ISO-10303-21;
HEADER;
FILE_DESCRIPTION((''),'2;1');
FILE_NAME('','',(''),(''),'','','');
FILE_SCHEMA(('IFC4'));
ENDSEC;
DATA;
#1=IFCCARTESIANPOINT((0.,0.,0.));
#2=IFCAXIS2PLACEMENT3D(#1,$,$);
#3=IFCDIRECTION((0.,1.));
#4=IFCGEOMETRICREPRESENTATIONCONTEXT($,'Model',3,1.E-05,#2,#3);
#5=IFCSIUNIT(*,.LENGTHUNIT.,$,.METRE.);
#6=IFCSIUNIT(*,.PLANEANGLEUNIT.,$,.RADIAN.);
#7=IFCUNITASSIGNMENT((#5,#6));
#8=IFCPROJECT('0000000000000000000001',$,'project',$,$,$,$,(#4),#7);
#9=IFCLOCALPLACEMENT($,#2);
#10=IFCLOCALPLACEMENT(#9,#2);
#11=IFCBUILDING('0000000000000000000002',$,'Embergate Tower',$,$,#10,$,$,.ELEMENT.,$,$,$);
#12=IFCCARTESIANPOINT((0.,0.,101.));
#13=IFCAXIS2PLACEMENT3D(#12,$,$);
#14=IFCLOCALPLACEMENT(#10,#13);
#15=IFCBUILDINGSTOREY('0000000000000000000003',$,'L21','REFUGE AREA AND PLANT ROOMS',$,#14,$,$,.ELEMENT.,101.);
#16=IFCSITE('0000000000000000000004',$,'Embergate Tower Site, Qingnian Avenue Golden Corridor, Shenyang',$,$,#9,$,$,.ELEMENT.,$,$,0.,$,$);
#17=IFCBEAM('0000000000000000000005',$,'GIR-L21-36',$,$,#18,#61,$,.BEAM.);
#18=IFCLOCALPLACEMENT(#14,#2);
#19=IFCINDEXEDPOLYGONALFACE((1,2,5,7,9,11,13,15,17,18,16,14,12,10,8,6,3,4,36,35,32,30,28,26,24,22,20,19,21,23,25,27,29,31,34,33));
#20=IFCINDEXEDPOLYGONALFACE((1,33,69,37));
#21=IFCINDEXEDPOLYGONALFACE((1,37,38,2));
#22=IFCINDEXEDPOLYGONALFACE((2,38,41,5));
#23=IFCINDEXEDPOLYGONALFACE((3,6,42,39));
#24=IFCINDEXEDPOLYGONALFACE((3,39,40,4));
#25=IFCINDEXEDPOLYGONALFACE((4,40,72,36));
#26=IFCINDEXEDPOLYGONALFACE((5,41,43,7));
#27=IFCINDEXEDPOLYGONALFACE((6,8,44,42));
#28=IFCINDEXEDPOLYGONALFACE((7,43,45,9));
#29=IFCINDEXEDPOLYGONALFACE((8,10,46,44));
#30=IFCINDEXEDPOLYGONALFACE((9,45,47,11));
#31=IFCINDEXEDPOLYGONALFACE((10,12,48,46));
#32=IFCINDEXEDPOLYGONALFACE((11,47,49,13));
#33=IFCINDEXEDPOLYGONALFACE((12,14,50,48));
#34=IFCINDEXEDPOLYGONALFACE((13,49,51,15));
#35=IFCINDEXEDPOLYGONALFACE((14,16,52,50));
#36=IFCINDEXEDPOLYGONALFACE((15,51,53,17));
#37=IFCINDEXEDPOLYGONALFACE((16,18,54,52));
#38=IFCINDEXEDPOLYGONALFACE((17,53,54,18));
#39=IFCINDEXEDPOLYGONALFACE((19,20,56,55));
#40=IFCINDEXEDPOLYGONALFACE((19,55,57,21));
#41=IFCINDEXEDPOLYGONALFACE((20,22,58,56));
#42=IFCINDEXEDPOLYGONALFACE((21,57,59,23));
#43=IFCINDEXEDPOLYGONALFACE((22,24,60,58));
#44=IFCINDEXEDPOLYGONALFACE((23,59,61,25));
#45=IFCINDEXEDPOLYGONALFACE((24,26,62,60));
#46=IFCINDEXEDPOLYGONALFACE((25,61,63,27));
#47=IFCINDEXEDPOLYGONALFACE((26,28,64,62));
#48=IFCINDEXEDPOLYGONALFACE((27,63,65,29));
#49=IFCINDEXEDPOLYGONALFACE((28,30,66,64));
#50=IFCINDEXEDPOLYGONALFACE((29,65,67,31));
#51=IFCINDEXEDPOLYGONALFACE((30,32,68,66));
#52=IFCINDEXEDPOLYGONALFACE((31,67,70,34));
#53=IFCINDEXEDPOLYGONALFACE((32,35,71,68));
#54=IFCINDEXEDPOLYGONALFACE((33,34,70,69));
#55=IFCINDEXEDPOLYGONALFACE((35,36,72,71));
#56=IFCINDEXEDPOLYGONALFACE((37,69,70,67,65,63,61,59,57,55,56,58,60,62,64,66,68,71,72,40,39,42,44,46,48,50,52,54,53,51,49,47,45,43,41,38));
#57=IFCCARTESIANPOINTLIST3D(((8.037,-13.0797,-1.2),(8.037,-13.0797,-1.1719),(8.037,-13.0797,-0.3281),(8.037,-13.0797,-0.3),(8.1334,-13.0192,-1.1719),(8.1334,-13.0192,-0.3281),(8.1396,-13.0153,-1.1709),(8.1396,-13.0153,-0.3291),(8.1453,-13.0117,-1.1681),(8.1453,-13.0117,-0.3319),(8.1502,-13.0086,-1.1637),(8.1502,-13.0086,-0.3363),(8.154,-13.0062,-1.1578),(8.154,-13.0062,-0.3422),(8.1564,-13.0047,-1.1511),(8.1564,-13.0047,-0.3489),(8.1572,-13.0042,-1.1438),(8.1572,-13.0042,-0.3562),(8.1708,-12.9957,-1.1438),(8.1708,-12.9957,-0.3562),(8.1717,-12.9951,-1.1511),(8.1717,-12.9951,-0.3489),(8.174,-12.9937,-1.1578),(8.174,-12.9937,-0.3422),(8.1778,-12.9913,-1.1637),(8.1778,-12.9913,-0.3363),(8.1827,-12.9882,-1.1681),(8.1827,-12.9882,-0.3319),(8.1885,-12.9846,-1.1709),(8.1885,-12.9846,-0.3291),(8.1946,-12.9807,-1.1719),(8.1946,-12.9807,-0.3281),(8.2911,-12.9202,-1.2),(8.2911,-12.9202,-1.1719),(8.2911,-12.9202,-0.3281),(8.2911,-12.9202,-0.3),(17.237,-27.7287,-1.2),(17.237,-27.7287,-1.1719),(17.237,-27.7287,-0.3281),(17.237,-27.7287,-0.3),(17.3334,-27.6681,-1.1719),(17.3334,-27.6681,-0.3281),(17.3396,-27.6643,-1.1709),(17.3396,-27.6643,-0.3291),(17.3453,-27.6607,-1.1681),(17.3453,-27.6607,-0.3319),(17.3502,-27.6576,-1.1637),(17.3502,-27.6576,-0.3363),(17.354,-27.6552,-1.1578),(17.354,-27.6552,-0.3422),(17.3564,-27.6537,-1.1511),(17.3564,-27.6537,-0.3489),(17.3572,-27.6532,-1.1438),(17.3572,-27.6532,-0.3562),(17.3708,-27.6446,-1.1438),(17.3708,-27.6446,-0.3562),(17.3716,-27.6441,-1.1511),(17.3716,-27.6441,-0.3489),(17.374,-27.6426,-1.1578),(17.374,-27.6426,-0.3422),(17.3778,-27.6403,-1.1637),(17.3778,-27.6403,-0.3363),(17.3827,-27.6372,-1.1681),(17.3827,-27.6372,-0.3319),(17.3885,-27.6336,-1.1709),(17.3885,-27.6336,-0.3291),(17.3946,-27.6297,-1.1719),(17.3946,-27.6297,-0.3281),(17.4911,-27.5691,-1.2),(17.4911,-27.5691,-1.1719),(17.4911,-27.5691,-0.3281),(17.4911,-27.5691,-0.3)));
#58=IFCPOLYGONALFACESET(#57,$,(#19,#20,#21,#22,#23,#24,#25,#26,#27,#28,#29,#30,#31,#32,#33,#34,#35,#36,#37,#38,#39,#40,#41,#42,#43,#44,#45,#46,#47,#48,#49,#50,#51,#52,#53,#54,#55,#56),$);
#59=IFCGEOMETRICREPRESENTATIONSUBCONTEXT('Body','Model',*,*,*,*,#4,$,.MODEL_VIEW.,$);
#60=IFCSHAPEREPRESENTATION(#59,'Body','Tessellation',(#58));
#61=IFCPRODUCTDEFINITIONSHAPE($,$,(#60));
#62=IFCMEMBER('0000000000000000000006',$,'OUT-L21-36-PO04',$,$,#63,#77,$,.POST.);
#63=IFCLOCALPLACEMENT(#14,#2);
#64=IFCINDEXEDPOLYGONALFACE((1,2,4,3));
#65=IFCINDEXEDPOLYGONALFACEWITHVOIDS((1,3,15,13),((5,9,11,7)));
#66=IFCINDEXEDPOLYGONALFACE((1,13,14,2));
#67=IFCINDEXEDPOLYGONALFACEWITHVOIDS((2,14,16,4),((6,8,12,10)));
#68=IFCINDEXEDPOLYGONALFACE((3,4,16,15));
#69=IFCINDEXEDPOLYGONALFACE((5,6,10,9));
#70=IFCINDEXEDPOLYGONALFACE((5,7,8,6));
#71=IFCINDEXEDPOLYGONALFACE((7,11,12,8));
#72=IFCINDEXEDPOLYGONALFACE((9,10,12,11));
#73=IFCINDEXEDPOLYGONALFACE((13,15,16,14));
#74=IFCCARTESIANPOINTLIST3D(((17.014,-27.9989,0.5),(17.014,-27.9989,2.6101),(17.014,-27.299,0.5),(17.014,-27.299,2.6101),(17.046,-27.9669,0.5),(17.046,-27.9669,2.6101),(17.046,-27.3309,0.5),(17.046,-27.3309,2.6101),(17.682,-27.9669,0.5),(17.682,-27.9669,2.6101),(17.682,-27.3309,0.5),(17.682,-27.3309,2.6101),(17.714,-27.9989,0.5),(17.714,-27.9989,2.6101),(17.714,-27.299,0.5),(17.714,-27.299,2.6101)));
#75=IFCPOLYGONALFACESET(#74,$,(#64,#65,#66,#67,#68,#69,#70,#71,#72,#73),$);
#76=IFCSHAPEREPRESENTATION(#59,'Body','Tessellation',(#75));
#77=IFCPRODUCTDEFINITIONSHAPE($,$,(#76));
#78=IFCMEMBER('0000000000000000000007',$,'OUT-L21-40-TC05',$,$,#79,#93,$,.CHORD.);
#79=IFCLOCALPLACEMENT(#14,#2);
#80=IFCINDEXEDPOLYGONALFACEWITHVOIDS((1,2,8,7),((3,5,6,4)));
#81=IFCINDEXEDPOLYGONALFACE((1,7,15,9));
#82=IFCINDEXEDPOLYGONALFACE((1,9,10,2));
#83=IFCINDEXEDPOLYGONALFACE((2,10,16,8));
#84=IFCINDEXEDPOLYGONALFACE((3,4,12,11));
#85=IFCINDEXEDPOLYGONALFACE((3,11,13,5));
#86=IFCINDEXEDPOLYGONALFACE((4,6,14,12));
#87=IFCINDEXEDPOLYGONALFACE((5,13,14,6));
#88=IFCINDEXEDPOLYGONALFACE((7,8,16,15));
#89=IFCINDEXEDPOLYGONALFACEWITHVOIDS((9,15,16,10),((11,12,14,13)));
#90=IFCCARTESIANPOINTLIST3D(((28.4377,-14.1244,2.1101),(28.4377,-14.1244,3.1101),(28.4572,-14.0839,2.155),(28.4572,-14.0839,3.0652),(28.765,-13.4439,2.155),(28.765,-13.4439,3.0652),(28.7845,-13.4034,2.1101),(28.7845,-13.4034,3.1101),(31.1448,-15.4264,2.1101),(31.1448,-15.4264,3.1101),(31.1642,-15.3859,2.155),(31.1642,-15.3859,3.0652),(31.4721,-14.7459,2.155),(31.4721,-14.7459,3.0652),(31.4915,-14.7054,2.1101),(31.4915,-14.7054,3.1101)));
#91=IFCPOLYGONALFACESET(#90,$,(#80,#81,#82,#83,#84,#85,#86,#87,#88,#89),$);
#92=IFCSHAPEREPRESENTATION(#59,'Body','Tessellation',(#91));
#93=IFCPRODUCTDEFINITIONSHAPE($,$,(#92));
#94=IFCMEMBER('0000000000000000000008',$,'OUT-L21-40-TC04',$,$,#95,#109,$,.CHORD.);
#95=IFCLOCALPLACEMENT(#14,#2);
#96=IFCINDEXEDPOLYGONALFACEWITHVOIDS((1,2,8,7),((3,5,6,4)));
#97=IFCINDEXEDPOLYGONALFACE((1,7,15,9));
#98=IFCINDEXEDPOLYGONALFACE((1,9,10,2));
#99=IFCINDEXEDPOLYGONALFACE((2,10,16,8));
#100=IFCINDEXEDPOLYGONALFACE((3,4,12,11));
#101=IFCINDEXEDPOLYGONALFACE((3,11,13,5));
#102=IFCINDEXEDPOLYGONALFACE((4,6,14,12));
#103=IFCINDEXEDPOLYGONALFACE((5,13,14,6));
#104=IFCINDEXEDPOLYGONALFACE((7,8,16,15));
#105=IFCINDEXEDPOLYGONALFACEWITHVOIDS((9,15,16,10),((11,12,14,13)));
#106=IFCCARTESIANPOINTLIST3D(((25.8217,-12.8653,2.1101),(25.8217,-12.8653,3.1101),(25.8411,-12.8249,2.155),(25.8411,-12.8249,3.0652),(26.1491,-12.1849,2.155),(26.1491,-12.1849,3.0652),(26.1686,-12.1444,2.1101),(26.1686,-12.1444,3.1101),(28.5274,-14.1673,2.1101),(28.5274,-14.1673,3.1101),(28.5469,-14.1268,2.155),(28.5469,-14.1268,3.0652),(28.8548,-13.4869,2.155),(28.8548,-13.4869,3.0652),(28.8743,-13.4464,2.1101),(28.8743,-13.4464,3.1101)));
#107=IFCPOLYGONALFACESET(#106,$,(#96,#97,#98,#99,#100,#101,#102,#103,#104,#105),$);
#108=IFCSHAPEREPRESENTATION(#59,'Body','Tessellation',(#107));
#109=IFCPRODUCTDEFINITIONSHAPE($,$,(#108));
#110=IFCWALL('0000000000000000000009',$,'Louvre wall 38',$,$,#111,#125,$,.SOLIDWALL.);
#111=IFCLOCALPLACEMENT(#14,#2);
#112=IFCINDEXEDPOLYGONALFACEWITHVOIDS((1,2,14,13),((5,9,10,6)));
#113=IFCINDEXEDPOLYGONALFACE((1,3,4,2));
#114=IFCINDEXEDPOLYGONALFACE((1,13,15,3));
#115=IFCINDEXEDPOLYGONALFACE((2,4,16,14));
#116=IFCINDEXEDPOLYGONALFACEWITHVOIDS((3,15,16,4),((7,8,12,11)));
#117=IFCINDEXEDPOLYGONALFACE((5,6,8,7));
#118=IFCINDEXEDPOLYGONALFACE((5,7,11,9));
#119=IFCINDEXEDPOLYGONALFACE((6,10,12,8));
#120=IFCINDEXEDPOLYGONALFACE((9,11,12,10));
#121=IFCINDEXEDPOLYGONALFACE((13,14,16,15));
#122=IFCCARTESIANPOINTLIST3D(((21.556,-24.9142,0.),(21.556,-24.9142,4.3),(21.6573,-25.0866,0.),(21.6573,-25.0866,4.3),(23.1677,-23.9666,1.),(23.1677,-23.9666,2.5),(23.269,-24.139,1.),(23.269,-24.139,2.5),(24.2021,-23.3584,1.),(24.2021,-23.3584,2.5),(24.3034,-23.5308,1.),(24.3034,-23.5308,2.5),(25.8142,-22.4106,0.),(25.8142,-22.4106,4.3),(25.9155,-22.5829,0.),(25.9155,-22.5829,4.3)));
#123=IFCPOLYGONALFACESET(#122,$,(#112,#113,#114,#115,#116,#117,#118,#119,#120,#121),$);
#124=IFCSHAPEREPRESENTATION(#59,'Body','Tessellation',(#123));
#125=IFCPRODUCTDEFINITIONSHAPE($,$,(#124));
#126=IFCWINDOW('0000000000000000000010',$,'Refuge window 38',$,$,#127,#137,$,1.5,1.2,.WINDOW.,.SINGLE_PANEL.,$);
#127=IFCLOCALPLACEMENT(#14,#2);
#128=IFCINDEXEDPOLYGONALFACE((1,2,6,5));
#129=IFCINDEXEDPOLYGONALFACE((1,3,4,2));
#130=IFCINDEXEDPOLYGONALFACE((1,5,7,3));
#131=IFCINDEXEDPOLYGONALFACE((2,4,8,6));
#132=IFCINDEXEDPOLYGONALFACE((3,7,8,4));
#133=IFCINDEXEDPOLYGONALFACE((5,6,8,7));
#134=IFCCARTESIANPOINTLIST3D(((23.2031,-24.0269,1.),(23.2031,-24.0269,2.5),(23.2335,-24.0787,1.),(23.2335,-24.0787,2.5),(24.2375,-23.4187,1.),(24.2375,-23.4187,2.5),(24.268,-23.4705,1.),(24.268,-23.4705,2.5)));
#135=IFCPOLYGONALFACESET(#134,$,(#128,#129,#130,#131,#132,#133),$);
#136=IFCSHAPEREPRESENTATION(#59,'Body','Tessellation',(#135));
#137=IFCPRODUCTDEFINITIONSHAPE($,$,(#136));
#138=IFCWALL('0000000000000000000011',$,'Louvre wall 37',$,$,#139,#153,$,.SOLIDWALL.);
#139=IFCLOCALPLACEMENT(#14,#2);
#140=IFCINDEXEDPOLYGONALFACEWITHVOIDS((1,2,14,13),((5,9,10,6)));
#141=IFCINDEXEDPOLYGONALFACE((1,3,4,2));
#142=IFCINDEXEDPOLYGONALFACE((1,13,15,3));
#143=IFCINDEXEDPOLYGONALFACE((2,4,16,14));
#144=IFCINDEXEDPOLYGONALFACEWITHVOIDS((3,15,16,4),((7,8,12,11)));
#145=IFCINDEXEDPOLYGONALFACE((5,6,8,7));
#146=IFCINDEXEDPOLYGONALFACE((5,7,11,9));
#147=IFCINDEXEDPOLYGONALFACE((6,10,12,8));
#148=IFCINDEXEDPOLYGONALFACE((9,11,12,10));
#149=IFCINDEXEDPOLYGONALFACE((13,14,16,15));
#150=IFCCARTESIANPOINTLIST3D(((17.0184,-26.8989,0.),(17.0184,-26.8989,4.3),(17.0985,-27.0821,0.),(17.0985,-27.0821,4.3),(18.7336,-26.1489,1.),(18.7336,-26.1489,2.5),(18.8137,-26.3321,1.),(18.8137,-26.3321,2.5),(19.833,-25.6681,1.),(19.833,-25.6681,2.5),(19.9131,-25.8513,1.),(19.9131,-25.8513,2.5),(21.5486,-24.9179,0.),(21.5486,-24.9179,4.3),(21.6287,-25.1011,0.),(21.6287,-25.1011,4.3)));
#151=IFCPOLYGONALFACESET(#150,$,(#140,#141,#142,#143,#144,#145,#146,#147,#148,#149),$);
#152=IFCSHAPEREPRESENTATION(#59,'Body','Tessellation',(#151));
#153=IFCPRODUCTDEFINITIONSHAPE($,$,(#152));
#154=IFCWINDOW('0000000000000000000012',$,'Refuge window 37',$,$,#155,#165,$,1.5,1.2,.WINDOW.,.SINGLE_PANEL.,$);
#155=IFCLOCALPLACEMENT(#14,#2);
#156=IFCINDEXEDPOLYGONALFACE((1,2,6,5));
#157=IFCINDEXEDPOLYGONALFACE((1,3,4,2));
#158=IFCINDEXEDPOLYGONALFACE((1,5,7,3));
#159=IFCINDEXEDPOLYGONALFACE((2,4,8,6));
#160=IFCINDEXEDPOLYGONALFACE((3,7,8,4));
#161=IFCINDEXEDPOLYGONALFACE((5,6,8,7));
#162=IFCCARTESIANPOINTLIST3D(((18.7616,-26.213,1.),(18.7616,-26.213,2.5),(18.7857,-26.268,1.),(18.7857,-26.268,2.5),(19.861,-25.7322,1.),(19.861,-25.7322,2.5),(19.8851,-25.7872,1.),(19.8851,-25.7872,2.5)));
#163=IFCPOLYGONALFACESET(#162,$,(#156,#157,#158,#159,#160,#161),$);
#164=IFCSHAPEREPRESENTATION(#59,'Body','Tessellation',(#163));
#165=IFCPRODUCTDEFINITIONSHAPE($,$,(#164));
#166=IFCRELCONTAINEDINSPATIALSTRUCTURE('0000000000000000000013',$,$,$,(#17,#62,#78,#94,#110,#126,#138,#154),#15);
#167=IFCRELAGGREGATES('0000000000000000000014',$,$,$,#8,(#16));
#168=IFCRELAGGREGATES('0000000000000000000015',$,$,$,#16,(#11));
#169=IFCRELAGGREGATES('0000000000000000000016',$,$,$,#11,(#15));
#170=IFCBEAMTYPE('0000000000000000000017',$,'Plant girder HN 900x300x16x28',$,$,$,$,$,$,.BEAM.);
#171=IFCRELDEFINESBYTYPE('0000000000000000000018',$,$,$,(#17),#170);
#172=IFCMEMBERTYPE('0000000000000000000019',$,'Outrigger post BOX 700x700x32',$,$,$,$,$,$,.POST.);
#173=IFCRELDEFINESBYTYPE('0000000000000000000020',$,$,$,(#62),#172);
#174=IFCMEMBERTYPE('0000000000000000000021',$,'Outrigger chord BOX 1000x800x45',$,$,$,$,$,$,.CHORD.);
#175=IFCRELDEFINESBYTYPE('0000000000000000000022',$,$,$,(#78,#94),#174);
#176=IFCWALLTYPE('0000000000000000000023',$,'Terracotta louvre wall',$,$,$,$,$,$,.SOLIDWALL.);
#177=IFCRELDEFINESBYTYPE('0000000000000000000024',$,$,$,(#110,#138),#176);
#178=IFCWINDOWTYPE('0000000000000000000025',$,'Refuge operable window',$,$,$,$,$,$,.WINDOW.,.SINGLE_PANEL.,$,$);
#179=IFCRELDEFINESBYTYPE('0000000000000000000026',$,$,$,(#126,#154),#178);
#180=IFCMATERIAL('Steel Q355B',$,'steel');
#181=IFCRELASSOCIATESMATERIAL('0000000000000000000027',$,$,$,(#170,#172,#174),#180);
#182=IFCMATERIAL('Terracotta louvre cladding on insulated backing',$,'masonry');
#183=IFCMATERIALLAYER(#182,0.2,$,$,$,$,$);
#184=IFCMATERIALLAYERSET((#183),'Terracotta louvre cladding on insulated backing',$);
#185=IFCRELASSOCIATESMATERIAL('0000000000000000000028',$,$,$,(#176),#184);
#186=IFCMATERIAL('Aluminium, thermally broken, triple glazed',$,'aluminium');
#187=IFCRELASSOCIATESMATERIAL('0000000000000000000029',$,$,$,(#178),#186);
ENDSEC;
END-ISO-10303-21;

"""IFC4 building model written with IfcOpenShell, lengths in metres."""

from ifc_helpers import new_model, si_unit, direction, frame, frame_2d, origin, origin_2d, place, context, subcontext, project, spatial, rectangle, hollow_rectangle, i_section, extrude, source, transform, mapped, material, layer, layer_set, material_profile, profile_set, type_object, element, fill, save


model = new_model("IFC4")

# Units and contexts
model_context = context("Model", 3, precision=1e-05, world=origin(), true_north=direction((0.0, 1.0)))
body_context = subcontext(model_context, "Body", "Model", "MODEL_VIEW")
ifc_project = project(units=[si_unit("LENGTHUNIT", "METRE"), si_unit("PLANEANGLEUNIT", "RADIAN")], contexts=[model_context])

# Site, building, storey
site_placement = place(None, origin())
site = spatial("IfcSite", under=ifc_project, at=site_placement, Name="Embergate Tower Site, Qingnian Avenue Golden Corridor, Shenyang", CompositionType="ELEMENT", RefElevation=0.0)
building_placement = place(site_placement, origin())
building = spatial("IfcBuilding", under=site, at=building_placement, Name="Embergate Tower", CompositionType="ELEMENT")
storey_placement = place(building_placement, frame((0.0, 0.0, 101.0)))
storey = spatial("IfcBuildingStorey", under=building, at=storey_placement, Name="L21", Description="REFUGE AREA AND PLANT ROOMS", CompositionType="ELEMENT", Elevation=101.0)

# Beam
ifc_material_1 = material(Name="Steel Q355B", Category="steel")
ifc_material_profile_1 = material_profile(ifc_material_1, i_section(OverallWidth=0.3, OverallDepth=0.8999, WebThickness=0.0161, FlangeThickness=0.0281, FilletRadius=0.0281, at=origin_2d()), Name="HN 900x300x16x28")
ifc_profile_set_1 = profile_set([ifc_material_profile_1], Name="Steel Q355 grade B")
beam_type_1 = type_object("IfcBeamType", Name="Plant girder HN 900x300x16x28", PredefinedType="BEAM", material=ifc_profile_set_1)
shared_shape_1 = source(origin(), body_context, "Body", "SweptSolid", [
    extrude(i_section(OverallWidth=0.3, OverallDepth=0.8999, WebThickness=0.0161, FlangeThickness=0.0281, FilletRadius=0.0281, at=origin_2d()), origin(), (0.0, 0.0, 1.0), 17.2983),
])
beam_1_placement = place(storey_placement, frame((17.364, -27.6489, -0.75), z_axis=(-0.531842, 0.846843, 0.0), x_axis=(-0.846843, -0.531842, 0.0)))
element("IfcBeam", 1, at=beam_1_placement, inside=storey, type_object=beam_type_1, Name="GIR-L21-36", PredefinedType="BEAM", context=body_context, shape_type="MappedRepresentation", body=[
    mapped(shared_shape_1, transform((0.0, 0.0, 0.0))),
])

# Members
ifc_material_profile_2 = material_profile(ifc_material_1, hollow_rectangle(XDim=0.7, YDim=0.7, WallThickness=0.032, at=origin_2d()), Name="BOX 700x700x32")
ifc_profile_set_2 = profile_set([ifc_material_profile_2], Name="Steel Q355 grade B")
member_type_1 = type_object("IfcMemberType", Name="Outrigger post BOX 700x700x32", PredefinedType="POST", material=ifc_profile_set_2)
shared_shape_2 = source(origin(), body_context, "Body", "SweptSolid", [
    extrude(hollow_rectangle(XDim=0.7, YDim=0.7, WallThickness=0.032, at=origin_2d()), origin(), (0.0, 0.0, 1.0), 2.1101),
])
member_1_placement = place(storey_placement, frame((17.364, -27.6489, 0.5), z_axis=(0.0, 0.0, 1.0), x_axis=(1.0, 0.0, 0.0)))
element("IfcMember", 2, at=member_1_placement, inside=storey, type_object=member_type_1, Name="OUT-L21-36-PO04", PredefinedType="POST", context=body_context, shape_type="MappedRepresentation", body=[
    mapped(shared_shape_2, transform((0.0, 0.0, 0.0))),
])
ifc_material_profile_3 = material_profile(ifc_material_1, hollow_rectangle(XDim=0.8, YDim=1.0, WallThickness=0.0449, at=origin_2d()), Name="BOX 1000x800x45")
ifc_profile_set_3 = profile_set([ifc_material_profile_3], Name="Steel Q355 grade B")
member_type_2 = type_object("IfcMemberType", Name="Outrigger chord BOX 1000x800x45", PredefinedType="CHORD", material=ifc_profile_set_3)
shared_shape_3 = source(origin(), body_context, "Body", "SweptSolid", [
    extrude(hollow_rectangle(XDim=0.8, YDim=1.0, WallThickness=0.0449, at=origin_2d()), origin(), (0.0, 0.0, 1.0), 3.0039),
])
member_2_placement = place(storey_placement, frame((28.6111, -13.7639, 2.6101), z_axis=(0.901182, -0.433442, 0.0), x_axis=(0.433442, 0.901182, 0.0)))
element("IfcMember", 3, at=member_2_placement, inside=storey, type_object=member_type_2, Name="OUT-L21-40-TC05", PredefinedType="CHORD", context=body_context, shape_type="MappedRepresentation", body=[
    mapped(shared_shape_3, transform((0.0, 0.0, 0.0))),
])
shared_shape_4 = source(origin(), body_context, "Body", "SweptSolid", [
    extrude(hollow_rectangle(XDim=0.8, YDim=1.0, WallThickness=0.0449, at=origin_2d()), origin(), (0.0, 0.0, 1.0), 3.0027),
])
member_3_placement = place(storey_placement, frame((25.9951, -12.5049, 2.6101), z_axis=(0.901105, -0.4336, 0.0), x_axis=(0.4336, 0.901105, 0.0)))
element("IfcMember", 4, at=member_3_placement, inside=storey, type_object=member_type_2, Name="OUT-L21-40-TC04", PredefinedType="CHORD", context=body_context, shape_type="MappedRepresentation", body=[
    mapped(shared_shape_4, transform((0.0, 0.0, 0.0))),
])

# Walls, openings, windows
ifc_material_2 = material(Name="Terracotta louvre cladding on insulated backing", Category="masonry")
ifc_layer_1 = layer(ifc_material_2, 0.2)
ifc_layer_set_1 = layer_set([ifc_layer_1], Name="Terracotta louvre cladding on insulated backing")
wall_type_1 = type_object("IfcWallType", Name="Terracotta louvre wall", PredefinedType="SOLIDWALL", material=ifc_layer_set_1)
shared_shape_5 = source(origin(), body_context, "Body", "SweptSolid", [
    extrude(rectangle(XDim=4.9397, YDim=0.2, at=frame_2d((2.4697, 0.0))), origin(), (0.0, 0.0, 1.0), 4.3),
])
wall_1_placement = place(storey_placement, frame((25.8647, -22.4968, 0.0), z_axis=(0.0, 0.0, 1.0), x_axis=(-0.862042, -0.506837, 0.0)))
wall_1 = element("IfcWall", 5, at=wall_1_placement, inside=storey, type_object=wall_type_1, Name="Louvre wall 38", PredefinedType="SOLIDWALL", context=body_context, shape_type="MappedRepresentation", body=[
    mapped(shared_shape_5, transform((0.0, 0.0, 0.0))),
])
shared_shape_6 = source(origin(), body_context, "Body", "SweptSolid", [
    extrude(rectangle(XDim=1.2, YDim=1.5, at=frame_2d((0.6001, 0.75))), frame((0.0, 0.1099, 0.0), z_axis=(0.0, -1.0, 0.0), x_axis=(1.0, 0.0, 0.0)), (0.0, 0.0, 1.0), 0.22),
])
opening_1_placement = place(wall_1_placement, frame((1.8699, 0.0, 1.0)))
opening_1 = element("IfcOpeningElement", 6, at=opening_1_placement, cuts=wall_1, PredefinedType="OPENING", context=body_context, shape_type="MappedRepresentation", body=[
    mapped(shared_shape_6, transform((0.0, 0.0, 0.0))),
])
ifc_material_3 = material(Name="Aluminium, thermally broken, triple glazed", Category="aluminium")
window_type = type_object("IfcWindowType", Name="Refuge operable window", PartitioningType="SINGLE_PANEL", PredefinedType="WINDOW", material=ifc_material_3)
shared_shape_7 = source(origin(), body_context, "Body", "SweptSolid", [
    extrude(rectangle(XDim=1.2, YDim=1.5, at=frame_2d((0.6001, 0.75))), frame((0.0, 0.03, 0.0), z_axis=(0.0, -1.0, 0.0), x_axis=(1.0, 0.0, 0.0)), (0.0, 0.0, 1.0), 0.0601),
])
window_1_placement = place(opening_1_placement, origin())
window_1 = element("IfcWindow", 7, at=window_1_placement, inside=storey, type_object=window_type, Name="Refuge window 38", OverallHeight=1.5, OverallWidth=1.2, PartitioningType="SINGLE_PANEL", PredefinedType="WINDOW", context=body_context, shape_type="MappedRepresentation", body=[
    mapped(shared_shape_7, transform((0.0, 0.0, 0.0))),
])
fill(opening_1, window_1)
shared_shape_8 = source(origin(), body_context, "Body", "SweptSolid", [
    extrude(rectangle(XDim=4.9443, YDim=0.2, at=frame_2d((2.4722, 0.0))), origin(), (0.0, 0.0, 1.0), 4.3),
])
wall_2_placement = place(storey_placement, frame((21.5886, -25.0095, 0.0), z_axis=(0.0, 0.0, 1.0), x_axis=(-0.916226, -0.400661, 0.0)))
wall_2 = element("IfcWall", 8, at=wall_2_placement, inside=storey, type_object=wall_type_1, Name="Louvre wall 37", PredefinedType="SOLIDWALL", context=body_context, shape_type="MappedRepresentation", body=[
    mapped(shared_shape_8, transform((0.0, 0.0, 0.0))),
])
opening_2_placement = place(wall_2_placement, frame((1.8723, 0.0, 1.0)))
opening_2 = element("IfcOpeningElement", 9, at=opening_2_placement, cuts=wall_2, PredefinedType="OPENING", context=body_context, shape_type="MappedRepresentation", body=[
    mapped(shared_shape_6, transform((0.0, 0.0, 0.0))),
])
window_2_placement = place(opening_2_placement, origin())
window_2 = element("IfcWindow", 10, at=window_2_placement, inside=storey, type_object=window_type, Name="Refuge window 37", OverallHeight=1.5, OverallWidth=1.2, PartitioningType="SINGLE_PANEL", PredefinedType="WINDOW", context=body_context, shape_type="MappedRepresentation", body=[
    mapped(shared_shape_7, transform((0.0, 0.0, 0.0))),
])
fill(opening_2, window_2)

save(model, "model.ifc")
